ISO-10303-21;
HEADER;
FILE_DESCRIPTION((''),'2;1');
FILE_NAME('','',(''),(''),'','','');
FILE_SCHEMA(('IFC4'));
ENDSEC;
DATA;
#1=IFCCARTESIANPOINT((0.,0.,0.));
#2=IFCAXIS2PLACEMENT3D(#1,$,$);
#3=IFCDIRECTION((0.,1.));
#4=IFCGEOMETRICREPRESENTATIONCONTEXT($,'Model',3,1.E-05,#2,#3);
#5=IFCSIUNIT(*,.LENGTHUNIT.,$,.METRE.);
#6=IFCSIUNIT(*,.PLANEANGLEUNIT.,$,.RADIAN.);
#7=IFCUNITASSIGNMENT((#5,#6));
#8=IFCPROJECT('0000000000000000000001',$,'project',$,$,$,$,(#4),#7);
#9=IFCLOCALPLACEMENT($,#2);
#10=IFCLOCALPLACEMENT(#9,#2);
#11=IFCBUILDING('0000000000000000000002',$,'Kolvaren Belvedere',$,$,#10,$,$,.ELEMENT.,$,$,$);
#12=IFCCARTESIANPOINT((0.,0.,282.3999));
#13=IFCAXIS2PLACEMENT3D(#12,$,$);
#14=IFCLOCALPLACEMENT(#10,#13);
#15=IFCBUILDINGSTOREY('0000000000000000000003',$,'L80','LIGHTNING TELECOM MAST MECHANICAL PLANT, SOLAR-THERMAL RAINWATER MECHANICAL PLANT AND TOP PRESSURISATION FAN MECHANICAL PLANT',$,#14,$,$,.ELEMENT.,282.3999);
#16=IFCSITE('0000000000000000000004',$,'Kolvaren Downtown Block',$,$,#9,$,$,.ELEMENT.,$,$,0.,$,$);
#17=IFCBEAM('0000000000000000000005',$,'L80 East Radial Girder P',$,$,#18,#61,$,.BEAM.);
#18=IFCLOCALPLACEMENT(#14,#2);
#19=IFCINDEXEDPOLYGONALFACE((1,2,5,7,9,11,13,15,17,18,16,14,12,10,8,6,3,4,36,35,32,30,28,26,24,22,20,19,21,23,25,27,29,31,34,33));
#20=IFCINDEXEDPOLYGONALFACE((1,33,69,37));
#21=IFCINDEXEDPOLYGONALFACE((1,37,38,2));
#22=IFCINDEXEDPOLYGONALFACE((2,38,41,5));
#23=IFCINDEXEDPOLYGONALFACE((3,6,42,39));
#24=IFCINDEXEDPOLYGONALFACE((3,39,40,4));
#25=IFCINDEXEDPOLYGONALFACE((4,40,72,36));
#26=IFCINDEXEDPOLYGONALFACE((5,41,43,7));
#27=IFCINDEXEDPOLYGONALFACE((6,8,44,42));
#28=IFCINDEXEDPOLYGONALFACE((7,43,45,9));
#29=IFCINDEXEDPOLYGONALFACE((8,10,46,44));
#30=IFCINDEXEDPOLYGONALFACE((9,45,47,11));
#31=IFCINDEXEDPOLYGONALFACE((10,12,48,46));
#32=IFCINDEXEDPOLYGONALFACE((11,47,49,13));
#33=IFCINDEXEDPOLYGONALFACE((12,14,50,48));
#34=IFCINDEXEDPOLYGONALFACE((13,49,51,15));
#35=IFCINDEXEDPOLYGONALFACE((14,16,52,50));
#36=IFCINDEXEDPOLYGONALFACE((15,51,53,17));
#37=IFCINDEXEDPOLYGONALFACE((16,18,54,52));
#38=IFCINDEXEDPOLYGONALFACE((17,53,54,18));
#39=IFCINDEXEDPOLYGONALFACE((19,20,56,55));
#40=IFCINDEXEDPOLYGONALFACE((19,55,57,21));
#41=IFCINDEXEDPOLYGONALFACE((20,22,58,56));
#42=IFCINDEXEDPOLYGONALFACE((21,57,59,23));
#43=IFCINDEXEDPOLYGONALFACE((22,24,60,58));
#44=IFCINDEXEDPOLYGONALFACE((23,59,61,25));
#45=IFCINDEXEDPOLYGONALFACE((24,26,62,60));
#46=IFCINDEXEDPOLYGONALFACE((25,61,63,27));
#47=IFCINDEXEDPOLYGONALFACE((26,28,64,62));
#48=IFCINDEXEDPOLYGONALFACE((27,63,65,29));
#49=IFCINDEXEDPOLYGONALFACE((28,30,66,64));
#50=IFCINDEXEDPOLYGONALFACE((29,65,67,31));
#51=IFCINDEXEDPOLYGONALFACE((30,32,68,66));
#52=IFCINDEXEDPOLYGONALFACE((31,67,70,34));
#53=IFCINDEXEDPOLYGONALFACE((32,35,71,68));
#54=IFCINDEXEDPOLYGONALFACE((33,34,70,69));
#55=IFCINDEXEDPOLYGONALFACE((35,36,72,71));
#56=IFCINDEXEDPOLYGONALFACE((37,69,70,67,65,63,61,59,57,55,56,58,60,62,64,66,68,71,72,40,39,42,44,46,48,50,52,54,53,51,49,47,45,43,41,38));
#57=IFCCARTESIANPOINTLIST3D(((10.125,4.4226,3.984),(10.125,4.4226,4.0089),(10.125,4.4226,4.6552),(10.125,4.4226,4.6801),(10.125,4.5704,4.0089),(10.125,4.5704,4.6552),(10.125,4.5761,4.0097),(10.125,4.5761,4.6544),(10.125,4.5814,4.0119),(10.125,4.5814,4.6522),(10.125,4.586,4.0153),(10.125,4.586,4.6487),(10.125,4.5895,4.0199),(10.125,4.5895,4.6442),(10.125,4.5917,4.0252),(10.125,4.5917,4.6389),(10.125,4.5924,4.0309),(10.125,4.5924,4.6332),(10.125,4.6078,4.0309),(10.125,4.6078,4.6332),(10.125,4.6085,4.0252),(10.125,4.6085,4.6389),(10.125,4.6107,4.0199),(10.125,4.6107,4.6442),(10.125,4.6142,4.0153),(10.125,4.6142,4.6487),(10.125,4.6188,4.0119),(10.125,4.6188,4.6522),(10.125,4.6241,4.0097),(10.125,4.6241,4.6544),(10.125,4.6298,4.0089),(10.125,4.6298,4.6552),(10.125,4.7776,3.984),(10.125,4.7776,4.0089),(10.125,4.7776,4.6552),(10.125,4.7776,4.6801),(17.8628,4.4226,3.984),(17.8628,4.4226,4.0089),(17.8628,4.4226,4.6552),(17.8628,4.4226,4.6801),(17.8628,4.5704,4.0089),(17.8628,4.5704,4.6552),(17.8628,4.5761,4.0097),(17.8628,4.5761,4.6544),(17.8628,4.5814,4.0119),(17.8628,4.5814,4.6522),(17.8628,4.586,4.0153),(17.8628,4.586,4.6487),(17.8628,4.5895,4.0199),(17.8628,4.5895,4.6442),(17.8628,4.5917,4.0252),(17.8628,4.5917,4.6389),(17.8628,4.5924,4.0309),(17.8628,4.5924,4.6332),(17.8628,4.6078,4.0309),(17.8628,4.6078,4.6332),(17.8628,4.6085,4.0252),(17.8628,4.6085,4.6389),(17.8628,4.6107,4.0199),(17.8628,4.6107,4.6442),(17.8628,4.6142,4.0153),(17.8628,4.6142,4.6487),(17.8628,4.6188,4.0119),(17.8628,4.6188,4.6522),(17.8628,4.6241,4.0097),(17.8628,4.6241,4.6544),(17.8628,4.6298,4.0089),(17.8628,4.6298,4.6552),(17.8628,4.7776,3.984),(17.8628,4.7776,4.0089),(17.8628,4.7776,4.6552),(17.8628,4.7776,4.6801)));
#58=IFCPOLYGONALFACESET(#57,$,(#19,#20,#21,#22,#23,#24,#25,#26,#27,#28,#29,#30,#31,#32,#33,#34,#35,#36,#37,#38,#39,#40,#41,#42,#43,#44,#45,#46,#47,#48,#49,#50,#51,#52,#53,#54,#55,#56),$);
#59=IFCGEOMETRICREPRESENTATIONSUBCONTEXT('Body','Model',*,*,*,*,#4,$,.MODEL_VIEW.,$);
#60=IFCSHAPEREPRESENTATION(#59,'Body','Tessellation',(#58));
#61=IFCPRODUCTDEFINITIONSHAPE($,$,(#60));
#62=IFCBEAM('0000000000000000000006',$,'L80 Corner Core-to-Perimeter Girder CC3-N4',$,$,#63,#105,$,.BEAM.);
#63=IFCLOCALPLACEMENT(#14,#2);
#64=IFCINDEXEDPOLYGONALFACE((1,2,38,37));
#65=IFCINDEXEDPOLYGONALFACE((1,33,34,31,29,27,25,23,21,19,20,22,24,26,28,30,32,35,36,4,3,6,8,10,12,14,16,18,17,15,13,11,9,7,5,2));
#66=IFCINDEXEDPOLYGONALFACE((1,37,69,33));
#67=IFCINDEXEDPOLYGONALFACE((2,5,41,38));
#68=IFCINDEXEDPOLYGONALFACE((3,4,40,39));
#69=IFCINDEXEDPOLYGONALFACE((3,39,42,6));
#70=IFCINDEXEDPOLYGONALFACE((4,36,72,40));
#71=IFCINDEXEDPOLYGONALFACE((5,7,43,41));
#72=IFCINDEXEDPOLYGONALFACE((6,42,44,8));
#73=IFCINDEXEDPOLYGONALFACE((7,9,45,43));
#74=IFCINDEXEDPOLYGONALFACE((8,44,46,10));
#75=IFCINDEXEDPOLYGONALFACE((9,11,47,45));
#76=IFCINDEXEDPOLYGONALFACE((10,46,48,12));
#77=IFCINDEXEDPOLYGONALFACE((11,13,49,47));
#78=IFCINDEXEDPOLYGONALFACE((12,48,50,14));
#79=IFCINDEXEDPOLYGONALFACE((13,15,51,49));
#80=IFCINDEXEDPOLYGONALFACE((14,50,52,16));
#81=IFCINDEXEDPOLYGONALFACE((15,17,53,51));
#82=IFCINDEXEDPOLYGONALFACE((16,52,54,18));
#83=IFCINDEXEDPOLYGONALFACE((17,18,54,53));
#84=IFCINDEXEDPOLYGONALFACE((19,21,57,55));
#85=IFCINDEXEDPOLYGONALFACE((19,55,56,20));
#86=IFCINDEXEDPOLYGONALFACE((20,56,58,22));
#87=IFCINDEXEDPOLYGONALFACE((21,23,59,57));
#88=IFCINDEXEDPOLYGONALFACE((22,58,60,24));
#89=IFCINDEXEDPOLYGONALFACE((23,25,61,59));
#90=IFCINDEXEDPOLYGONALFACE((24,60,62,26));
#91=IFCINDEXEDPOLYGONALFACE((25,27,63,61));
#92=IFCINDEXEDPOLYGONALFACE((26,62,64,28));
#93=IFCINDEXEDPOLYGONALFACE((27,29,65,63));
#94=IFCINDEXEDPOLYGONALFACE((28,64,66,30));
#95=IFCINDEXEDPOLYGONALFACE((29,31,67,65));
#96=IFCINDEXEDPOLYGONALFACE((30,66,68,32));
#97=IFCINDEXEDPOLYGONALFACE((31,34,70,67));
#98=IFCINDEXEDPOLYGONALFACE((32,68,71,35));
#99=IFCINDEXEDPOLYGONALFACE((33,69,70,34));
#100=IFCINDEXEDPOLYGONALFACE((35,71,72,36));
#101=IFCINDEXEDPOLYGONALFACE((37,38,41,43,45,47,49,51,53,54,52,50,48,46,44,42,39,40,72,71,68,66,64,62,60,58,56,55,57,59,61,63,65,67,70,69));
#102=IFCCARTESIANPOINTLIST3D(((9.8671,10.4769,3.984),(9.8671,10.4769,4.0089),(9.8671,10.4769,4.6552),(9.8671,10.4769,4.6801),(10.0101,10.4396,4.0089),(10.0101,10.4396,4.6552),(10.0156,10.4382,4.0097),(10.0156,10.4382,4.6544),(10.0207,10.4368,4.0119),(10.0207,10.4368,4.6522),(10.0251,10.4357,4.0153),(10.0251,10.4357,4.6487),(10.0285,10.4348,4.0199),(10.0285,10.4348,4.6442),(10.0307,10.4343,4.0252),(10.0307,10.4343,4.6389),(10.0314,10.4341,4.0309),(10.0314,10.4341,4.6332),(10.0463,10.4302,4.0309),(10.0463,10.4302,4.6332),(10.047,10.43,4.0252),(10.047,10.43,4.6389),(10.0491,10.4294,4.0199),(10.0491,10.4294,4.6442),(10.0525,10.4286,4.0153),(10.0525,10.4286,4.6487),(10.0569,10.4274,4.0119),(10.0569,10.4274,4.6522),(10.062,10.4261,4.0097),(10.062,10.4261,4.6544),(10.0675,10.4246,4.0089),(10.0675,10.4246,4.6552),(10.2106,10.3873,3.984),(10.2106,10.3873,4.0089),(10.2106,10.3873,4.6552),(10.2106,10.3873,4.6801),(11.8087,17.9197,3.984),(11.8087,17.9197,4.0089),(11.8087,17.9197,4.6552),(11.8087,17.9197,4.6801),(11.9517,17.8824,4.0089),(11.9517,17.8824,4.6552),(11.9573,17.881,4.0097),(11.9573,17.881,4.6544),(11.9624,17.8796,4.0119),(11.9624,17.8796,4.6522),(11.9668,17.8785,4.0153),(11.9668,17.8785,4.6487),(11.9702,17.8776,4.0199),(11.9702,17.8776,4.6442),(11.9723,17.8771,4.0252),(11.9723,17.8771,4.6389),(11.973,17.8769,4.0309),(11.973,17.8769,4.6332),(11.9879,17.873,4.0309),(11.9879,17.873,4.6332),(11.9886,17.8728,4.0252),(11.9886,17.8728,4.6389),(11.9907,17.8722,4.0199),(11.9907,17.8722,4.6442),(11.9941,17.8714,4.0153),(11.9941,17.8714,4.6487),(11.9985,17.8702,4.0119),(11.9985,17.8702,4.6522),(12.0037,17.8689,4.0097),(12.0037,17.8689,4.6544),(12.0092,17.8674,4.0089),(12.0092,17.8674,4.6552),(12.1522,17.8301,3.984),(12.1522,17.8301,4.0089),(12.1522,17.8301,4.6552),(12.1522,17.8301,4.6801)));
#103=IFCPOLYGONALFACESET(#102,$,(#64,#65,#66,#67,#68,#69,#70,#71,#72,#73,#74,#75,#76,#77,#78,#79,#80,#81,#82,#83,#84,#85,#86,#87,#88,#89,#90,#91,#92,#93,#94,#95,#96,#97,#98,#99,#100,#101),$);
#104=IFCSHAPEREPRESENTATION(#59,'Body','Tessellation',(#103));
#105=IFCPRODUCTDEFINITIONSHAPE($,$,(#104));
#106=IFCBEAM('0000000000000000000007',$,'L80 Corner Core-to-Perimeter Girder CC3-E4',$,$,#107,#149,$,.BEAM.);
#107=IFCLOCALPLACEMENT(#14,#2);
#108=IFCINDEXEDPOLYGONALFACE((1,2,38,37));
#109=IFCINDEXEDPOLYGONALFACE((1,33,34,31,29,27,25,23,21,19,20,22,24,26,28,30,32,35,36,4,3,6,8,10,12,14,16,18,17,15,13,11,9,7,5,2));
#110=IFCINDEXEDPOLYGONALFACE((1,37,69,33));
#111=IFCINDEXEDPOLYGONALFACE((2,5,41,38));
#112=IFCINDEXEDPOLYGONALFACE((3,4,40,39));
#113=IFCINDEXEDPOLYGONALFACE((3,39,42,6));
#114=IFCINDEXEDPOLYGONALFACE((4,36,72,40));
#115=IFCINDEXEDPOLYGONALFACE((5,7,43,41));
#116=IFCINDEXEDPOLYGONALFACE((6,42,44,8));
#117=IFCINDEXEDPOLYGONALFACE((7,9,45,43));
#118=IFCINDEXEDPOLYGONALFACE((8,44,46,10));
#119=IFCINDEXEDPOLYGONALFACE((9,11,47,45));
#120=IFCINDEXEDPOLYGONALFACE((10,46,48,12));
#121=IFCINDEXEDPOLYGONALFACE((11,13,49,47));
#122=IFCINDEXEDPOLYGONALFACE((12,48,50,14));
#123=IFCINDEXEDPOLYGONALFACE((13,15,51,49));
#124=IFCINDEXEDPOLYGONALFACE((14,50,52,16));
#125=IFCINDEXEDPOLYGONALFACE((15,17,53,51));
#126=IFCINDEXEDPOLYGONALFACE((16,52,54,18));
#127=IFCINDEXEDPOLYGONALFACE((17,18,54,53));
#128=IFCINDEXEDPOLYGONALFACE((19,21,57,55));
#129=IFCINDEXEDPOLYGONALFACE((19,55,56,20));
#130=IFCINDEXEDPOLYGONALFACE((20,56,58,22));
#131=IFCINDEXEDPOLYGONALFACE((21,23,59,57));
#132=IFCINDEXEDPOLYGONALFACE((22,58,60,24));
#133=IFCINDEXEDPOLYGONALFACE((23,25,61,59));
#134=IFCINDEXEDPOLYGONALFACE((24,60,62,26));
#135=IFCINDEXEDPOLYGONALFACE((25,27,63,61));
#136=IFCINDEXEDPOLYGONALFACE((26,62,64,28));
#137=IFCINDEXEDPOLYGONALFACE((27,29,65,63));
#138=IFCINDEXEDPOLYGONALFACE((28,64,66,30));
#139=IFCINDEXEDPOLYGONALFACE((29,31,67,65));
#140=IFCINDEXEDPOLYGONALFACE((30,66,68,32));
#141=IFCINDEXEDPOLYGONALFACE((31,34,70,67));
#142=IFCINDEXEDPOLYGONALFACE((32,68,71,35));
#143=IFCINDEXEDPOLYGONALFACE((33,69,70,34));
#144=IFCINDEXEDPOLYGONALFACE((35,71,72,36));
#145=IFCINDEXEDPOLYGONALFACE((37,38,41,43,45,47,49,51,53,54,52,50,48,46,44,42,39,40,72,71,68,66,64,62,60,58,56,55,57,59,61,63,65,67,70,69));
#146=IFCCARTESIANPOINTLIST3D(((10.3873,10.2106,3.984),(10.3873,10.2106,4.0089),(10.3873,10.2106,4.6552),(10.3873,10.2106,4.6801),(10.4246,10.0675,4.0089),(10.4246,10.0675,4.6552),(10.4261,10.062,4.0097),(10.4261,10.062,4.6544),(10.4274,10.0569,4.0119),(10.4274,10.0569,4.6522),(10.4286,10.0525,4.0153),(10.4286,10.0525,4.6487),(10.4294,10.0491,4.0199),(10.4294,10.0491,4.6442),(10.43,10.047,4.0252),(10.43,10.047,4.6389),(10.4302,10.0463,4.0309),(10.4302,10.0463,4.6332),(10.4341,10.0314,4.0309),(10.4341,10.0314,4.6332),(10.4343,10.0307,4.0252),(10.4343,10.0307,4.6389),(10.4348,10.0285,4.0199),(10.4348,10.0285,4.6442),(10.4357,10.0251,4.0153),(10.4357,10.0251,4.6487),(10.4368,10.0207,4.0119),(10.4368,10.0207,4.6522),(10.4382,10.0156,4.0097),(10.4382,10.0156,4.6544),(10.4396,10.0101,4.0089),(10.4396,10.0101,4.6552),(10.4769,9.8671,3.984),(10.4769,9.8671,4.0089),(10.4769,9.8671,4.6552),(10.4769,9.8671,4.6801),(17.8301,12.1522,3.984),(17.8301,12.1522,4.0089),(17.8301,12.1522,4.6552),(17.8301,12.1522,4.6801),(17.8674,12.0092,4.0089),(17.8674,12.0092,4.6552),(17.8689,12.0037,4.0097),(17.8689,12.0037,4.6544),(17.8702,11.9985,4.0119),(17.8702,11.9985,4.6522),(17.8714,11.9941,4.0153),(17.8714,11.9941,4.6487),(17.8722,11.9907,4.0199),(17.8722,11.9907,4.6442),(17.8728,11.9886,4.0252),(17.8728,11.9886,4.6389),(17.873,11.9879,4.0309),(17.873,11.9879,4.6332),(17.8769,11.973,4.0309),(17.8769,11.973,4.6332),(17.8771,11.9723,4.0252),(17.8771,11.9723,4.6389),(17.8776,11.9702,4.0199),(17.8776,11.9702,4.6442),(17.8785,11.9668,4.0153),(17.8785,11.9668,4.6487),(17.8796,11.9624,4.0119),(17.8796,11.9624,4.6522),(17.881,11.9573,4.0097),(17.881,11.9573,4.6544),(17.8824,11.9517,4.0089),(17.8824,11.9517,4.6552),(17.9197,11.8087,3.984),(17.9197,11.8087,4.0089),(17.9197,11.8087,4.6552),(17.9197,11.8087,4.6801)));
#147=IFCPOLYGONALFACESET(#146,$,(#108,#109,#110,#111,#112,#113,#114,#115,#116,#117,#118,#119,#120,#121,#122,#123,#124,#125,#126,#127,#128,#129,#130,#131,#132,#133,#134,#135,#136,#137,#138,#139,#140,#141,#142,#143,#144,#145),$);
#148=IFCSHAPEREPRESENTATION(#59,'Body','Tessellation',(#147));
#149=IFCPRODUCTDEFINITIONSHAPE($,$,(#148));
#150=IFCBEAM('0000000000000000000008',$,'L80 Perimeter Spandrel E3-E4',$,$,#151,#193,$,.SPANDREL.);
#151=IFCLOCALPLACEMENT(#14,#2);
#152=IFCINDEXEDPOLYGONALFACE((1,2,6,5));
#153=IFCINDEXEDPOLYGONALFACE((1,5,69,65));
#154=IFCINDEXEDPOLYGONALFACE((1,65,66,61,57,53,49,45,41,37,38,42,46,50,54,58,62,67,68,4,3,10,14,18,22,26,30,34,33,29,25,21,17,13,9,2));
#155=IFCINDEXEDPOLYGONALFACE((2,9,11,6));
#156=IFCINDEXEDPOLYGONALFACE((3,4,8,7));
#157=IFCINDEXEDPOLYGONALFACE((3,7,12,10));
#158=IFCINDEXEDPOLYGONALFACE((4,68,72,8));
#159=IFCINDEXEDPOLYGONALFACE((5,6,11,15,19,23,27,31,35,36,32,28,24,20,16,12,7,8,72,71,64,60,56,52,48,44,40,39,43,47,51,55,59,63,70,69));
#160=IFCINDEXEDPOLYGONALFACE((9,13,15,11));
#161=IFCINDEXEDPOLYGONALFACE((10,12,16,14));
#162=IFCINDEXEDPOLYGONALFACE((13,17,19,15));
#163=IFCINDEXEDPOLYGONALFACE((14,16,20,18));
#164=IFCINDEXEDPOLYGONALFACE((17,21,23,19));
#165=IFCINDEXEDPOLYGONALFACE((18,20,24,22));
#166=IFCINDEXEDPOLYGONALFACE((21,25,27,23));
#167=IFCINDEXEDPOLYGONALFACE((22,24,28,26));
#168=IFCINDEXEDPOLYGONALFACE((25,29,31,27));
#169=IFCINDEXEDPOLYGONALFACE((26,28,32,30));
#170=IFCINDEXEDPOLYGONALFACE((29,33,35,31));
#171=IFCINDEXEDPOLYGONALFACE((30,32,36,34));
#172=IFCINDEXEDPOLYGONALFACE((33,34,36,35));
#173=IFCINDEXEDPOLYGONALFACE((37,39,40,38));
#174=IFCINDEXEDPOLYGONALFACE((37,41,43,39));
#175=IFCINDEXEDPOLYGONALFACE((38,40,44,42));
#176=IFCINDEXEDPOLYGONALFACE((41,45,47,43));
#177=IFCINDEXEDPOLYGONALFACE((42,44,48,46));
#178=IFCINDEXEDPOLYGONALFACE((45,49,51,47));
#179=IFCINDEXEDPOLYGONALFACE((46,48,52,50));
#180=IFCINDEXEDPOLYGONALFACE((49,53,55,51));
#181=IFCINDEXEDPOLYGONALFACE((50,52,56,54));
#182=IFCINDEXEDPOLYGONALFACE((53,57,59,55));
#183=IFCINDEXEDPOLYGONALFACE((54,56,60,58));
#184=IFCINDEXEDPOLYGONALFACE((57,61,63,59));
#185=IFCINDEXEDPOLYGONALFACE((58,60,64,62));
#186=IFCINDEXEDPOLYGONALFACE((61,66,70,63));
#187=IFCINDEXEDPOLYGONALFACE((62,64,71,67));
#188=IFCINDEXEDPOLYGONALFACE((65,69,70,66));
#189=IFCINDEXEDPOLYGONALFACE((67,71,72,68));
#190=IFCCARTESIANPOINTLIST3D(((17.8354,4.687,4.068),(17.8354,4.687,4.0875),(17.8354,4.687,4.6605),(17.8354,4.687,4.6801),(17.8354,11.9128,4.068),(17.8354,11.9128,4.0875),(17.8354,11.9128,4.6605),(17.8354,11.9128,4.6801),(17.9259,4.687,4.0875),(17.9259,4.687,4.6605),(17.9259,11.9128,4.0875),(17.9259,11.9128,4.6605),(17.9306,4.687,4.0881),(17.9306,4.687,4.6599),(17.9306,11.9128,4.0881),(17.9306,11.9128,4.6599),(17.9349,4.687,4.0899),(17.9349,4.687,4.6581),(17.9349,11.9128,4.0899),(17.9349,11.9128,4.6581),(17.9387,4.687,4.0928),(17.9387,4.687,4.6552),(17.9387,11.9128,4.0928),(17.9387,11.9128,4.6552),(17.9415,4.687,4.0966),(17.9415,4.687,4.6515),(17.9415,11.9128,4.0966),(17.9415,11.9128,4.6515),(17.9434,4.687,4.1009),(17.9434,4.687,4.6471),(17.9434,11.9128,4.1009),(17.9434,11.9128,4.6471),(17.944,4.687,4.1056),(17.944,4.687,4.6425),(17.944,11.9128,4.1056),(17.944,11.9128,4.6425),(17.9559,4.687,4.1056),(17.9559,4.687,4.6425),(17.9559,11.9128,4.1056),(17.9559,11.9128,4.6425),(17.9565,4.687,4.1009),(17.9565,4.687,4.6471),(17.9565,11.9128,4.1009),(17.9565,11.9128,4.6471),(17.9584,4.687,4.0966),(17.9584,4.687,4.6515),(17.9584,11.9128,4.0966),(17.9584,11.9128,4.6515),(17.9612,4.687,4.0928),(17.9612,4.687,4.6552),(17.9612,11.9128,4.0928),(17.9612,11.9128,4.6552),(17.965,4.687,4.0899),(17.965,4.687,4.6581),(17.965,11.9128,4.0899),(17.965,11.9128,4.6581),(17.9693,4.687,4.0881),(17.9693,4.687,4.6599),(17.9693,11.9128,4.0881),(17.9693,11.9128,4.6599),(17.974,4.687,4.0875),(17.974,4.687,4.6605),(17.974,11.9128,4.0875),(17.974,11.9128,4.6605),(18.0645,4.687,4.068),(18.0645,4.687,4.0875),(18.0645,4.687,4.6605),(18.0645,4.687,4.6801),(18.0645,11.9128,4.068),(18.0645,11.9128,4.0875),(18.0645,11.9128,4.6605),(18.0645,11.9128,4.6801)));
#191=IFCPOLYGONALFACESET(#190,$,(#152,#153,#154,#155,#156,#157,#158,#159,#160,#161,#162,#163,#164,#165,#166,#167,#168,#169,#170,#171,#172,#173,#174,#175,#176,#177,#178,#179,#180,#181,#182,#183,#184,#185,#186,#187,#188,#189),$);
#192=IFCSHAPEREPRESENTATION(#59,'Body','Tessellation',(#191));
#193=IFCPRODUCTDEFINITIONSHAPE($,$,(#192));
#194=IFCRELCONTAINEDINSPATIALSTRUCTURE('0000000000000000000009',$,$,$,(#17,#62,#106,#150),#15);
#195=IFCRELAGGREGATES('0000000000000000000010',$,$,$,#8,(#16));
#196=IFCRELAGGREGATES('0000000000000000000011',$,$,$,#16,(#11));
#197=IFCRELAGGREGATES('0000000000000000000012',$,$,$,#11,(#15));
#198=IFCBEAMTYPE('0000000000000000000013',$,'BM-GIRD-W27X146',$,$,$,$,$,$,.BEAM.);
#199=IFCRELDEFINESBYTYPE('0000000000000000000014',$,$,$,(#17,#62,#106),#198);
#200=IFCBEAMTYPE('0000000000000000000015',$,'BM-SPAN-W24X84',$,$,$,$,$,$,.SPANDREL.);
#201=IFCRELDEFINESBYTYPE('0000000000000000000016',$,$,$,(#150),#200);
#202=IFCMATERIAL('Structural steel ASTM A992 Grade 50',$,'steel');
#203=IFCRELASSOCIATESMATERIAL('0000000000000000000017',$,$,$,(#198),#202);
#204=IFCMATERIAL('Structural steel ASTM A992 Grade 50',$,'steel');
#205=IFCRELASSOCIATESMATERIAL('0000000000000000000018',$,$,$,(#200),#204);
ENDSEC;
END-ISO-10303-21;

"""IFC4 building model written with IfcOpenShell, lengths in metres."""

from ifc_helpers import new_model, si_unit, direction, frame, origin, origin_2d, place, context, subcontext, project, spatial, i_section, extrude, material, material_profile, profile_set, type_object, element, save


model = new_model("IFC4")

# Units and contexts
model_context = context("Model", 3, precision=1e-05, world=origin(), true_north=direction((0.0, 1.0)))
body_context = subcontext(model_context, "Body", "Model", "MODEL_VIEW")
ifc_project = project(units=[si_unit("LENGTHUNIT", "METRE"), si_unit("PLANEANGLEUNIT", "RADIAN")], contexts=[model_context])

# Site, building, storey
site_placement = place(None, origin())
site = spatial("IfcSite", under=ifc_project, at=site_placement, Name="Kolvaren Downtown Block", CompositionType="ELEMENT", RefElevation=0.0)
building_placement = place(site_placement, origin())
building = spatial("IfcBuilding", under=site, at=building_placement, Name="Kolvaren Belvedere", CompositionType="ELEMENT")
storey_placement = place(building_placement, frame((0.0, 0.0, 282.3999)))
storey = spatial("IfcBuildingStorey", under=building, at=storey_placement, Name="L80", Description="LIGHTNING TELECOM MAST MECHANICAL PLANT, SOLAR-THERMAL RAINWATER MECHANICAL PLANT AND TOP PRESSURISATION FAN MECHANICAL PLANT", CompositionType="ELEMENT", Elevation=282.3999)

# Beams
ifc_material_1 = material(Name="Structural steel ASTM A992 Grade 50", Category="steel")
ifc_material_profile_1 = material_profile(ifc_material_1, i_section(OverallWidth=0.355, OverallDepth=0.696, WebThickness=0.0154, FlangeThickness=0.0249, FilletRadius=0.022, at=origin_2d()), Name="W27X146")
ifc_profile_set_1 = profile_set([ifc_material_profile_1], Name="Structural steel ASTM A992 Grade 50")
beam_type_1 = type_object("IfcBeamType", Name="BM-GIRD-W27X146", PredefinedType="BEAM", material=ifc_profile_set_1)
beam_1_placement = place(storey_placement, frame((10.125, 4.6001, 4.332), z_axis=(1.0, 0.0, 0.0), x_axis=(0.0, 1.0, 0.0)))
element("IfcBeam", 1, at=beam_1_placement, inside=storey, type_object=beam_type_1, Name="L80 East Radial Girder P", PredefinedType="BEAM", context=body_context, shape_type="SweptSolid", body=[
    extrude(i_section(OverallWidth=0.355, OverallDepth=0.696, WebThickness=0.0154, FlangeThickness=0.0249, FilletRadius=0.022, at=origin_2d()), origin(), (0.0, 0.0, 1.0), 7.7378),
])
for number, where, z_axis, x_axis, name in (
    (2, (10.0388, 10.4321, 4.332), (0.252426, 0.967616, 0.0), (-0.967616, 0.252426, 0.0), "L80 Corner Core-to-Perimeter Girder CC3-N4"),
    (3, (10.4321, 10.0388, 4.332), (0.967616, 0.252426, 0.0), (-0.252426, 0.967616, 0.0), "L80 Corner Core-to-Perimeter Girder CC3-E4"),
):
    element("IfcBeam", number, at=place(storey_placement, frame(where, z_axis=z_axis, x_axis=x_axis)), inside=storey, type_object=beam_type_1, Name=name, PredefinedType="BEAM", context=body_context, shape_type="SweptSolid", body=[
        extrude(i_section(OverallWidth=0.355, OverallDepth=0.696, WebThickness=0.0154, FlangeThickness=0.0249, FilletRadius=0.022, at=origin_2d()), origin(), (0.0, 0.0, 1.0), 7.6919),
    ])
ifc_material_2 = material(Name="Structural steel ASTM A992 Grade 50", Category="steel")
ifc_material_profile_2 = material_profile(ifc_material_2, i_section(OverallWidth=0.229, OverallDepth=0.6121, WebThickness=0.012, FlangeThickness=0.0195, FilletRadius=0.0181, at=origin_2d()), Name="W24X84")
ifc_profile_set_2 = profile_set([ifc_material_profile_2], Name="Structural steel ASTM A992 Grade 50")
beam_type_2 = type_object("IfcBeamType", Name="BM-SPAN-W24X84", PredefinedType="SPANDREL", material=ifc_profile_set_2)
beam_2_placement = place(storey_placement, frame((17.95, 4.687, 4.374), z_axis=(0.0, 1.0, 0.0), x_axis=(-1.0, 0.0, 0.0)))
element("IfcBeam", 4, at=beam_2_placement, inside=storey, type_object=beam_type_2, Name="L80 Perimeter Spandrel E3-E4", PredefinedType="SPANDREL", context=body_context, shape_type="SweptSolid", body=[
    extrude(i_section(OverallWidth=0.229, OverallDepth=0.6121, WebThickness=0.012, FlangeThickness=0.0195, FilletRadius=0.0181, at=origin_2d()), origin(), (0.0, 0.0, 1.0), 7.2258),
])

save(model, "model.ifc")
